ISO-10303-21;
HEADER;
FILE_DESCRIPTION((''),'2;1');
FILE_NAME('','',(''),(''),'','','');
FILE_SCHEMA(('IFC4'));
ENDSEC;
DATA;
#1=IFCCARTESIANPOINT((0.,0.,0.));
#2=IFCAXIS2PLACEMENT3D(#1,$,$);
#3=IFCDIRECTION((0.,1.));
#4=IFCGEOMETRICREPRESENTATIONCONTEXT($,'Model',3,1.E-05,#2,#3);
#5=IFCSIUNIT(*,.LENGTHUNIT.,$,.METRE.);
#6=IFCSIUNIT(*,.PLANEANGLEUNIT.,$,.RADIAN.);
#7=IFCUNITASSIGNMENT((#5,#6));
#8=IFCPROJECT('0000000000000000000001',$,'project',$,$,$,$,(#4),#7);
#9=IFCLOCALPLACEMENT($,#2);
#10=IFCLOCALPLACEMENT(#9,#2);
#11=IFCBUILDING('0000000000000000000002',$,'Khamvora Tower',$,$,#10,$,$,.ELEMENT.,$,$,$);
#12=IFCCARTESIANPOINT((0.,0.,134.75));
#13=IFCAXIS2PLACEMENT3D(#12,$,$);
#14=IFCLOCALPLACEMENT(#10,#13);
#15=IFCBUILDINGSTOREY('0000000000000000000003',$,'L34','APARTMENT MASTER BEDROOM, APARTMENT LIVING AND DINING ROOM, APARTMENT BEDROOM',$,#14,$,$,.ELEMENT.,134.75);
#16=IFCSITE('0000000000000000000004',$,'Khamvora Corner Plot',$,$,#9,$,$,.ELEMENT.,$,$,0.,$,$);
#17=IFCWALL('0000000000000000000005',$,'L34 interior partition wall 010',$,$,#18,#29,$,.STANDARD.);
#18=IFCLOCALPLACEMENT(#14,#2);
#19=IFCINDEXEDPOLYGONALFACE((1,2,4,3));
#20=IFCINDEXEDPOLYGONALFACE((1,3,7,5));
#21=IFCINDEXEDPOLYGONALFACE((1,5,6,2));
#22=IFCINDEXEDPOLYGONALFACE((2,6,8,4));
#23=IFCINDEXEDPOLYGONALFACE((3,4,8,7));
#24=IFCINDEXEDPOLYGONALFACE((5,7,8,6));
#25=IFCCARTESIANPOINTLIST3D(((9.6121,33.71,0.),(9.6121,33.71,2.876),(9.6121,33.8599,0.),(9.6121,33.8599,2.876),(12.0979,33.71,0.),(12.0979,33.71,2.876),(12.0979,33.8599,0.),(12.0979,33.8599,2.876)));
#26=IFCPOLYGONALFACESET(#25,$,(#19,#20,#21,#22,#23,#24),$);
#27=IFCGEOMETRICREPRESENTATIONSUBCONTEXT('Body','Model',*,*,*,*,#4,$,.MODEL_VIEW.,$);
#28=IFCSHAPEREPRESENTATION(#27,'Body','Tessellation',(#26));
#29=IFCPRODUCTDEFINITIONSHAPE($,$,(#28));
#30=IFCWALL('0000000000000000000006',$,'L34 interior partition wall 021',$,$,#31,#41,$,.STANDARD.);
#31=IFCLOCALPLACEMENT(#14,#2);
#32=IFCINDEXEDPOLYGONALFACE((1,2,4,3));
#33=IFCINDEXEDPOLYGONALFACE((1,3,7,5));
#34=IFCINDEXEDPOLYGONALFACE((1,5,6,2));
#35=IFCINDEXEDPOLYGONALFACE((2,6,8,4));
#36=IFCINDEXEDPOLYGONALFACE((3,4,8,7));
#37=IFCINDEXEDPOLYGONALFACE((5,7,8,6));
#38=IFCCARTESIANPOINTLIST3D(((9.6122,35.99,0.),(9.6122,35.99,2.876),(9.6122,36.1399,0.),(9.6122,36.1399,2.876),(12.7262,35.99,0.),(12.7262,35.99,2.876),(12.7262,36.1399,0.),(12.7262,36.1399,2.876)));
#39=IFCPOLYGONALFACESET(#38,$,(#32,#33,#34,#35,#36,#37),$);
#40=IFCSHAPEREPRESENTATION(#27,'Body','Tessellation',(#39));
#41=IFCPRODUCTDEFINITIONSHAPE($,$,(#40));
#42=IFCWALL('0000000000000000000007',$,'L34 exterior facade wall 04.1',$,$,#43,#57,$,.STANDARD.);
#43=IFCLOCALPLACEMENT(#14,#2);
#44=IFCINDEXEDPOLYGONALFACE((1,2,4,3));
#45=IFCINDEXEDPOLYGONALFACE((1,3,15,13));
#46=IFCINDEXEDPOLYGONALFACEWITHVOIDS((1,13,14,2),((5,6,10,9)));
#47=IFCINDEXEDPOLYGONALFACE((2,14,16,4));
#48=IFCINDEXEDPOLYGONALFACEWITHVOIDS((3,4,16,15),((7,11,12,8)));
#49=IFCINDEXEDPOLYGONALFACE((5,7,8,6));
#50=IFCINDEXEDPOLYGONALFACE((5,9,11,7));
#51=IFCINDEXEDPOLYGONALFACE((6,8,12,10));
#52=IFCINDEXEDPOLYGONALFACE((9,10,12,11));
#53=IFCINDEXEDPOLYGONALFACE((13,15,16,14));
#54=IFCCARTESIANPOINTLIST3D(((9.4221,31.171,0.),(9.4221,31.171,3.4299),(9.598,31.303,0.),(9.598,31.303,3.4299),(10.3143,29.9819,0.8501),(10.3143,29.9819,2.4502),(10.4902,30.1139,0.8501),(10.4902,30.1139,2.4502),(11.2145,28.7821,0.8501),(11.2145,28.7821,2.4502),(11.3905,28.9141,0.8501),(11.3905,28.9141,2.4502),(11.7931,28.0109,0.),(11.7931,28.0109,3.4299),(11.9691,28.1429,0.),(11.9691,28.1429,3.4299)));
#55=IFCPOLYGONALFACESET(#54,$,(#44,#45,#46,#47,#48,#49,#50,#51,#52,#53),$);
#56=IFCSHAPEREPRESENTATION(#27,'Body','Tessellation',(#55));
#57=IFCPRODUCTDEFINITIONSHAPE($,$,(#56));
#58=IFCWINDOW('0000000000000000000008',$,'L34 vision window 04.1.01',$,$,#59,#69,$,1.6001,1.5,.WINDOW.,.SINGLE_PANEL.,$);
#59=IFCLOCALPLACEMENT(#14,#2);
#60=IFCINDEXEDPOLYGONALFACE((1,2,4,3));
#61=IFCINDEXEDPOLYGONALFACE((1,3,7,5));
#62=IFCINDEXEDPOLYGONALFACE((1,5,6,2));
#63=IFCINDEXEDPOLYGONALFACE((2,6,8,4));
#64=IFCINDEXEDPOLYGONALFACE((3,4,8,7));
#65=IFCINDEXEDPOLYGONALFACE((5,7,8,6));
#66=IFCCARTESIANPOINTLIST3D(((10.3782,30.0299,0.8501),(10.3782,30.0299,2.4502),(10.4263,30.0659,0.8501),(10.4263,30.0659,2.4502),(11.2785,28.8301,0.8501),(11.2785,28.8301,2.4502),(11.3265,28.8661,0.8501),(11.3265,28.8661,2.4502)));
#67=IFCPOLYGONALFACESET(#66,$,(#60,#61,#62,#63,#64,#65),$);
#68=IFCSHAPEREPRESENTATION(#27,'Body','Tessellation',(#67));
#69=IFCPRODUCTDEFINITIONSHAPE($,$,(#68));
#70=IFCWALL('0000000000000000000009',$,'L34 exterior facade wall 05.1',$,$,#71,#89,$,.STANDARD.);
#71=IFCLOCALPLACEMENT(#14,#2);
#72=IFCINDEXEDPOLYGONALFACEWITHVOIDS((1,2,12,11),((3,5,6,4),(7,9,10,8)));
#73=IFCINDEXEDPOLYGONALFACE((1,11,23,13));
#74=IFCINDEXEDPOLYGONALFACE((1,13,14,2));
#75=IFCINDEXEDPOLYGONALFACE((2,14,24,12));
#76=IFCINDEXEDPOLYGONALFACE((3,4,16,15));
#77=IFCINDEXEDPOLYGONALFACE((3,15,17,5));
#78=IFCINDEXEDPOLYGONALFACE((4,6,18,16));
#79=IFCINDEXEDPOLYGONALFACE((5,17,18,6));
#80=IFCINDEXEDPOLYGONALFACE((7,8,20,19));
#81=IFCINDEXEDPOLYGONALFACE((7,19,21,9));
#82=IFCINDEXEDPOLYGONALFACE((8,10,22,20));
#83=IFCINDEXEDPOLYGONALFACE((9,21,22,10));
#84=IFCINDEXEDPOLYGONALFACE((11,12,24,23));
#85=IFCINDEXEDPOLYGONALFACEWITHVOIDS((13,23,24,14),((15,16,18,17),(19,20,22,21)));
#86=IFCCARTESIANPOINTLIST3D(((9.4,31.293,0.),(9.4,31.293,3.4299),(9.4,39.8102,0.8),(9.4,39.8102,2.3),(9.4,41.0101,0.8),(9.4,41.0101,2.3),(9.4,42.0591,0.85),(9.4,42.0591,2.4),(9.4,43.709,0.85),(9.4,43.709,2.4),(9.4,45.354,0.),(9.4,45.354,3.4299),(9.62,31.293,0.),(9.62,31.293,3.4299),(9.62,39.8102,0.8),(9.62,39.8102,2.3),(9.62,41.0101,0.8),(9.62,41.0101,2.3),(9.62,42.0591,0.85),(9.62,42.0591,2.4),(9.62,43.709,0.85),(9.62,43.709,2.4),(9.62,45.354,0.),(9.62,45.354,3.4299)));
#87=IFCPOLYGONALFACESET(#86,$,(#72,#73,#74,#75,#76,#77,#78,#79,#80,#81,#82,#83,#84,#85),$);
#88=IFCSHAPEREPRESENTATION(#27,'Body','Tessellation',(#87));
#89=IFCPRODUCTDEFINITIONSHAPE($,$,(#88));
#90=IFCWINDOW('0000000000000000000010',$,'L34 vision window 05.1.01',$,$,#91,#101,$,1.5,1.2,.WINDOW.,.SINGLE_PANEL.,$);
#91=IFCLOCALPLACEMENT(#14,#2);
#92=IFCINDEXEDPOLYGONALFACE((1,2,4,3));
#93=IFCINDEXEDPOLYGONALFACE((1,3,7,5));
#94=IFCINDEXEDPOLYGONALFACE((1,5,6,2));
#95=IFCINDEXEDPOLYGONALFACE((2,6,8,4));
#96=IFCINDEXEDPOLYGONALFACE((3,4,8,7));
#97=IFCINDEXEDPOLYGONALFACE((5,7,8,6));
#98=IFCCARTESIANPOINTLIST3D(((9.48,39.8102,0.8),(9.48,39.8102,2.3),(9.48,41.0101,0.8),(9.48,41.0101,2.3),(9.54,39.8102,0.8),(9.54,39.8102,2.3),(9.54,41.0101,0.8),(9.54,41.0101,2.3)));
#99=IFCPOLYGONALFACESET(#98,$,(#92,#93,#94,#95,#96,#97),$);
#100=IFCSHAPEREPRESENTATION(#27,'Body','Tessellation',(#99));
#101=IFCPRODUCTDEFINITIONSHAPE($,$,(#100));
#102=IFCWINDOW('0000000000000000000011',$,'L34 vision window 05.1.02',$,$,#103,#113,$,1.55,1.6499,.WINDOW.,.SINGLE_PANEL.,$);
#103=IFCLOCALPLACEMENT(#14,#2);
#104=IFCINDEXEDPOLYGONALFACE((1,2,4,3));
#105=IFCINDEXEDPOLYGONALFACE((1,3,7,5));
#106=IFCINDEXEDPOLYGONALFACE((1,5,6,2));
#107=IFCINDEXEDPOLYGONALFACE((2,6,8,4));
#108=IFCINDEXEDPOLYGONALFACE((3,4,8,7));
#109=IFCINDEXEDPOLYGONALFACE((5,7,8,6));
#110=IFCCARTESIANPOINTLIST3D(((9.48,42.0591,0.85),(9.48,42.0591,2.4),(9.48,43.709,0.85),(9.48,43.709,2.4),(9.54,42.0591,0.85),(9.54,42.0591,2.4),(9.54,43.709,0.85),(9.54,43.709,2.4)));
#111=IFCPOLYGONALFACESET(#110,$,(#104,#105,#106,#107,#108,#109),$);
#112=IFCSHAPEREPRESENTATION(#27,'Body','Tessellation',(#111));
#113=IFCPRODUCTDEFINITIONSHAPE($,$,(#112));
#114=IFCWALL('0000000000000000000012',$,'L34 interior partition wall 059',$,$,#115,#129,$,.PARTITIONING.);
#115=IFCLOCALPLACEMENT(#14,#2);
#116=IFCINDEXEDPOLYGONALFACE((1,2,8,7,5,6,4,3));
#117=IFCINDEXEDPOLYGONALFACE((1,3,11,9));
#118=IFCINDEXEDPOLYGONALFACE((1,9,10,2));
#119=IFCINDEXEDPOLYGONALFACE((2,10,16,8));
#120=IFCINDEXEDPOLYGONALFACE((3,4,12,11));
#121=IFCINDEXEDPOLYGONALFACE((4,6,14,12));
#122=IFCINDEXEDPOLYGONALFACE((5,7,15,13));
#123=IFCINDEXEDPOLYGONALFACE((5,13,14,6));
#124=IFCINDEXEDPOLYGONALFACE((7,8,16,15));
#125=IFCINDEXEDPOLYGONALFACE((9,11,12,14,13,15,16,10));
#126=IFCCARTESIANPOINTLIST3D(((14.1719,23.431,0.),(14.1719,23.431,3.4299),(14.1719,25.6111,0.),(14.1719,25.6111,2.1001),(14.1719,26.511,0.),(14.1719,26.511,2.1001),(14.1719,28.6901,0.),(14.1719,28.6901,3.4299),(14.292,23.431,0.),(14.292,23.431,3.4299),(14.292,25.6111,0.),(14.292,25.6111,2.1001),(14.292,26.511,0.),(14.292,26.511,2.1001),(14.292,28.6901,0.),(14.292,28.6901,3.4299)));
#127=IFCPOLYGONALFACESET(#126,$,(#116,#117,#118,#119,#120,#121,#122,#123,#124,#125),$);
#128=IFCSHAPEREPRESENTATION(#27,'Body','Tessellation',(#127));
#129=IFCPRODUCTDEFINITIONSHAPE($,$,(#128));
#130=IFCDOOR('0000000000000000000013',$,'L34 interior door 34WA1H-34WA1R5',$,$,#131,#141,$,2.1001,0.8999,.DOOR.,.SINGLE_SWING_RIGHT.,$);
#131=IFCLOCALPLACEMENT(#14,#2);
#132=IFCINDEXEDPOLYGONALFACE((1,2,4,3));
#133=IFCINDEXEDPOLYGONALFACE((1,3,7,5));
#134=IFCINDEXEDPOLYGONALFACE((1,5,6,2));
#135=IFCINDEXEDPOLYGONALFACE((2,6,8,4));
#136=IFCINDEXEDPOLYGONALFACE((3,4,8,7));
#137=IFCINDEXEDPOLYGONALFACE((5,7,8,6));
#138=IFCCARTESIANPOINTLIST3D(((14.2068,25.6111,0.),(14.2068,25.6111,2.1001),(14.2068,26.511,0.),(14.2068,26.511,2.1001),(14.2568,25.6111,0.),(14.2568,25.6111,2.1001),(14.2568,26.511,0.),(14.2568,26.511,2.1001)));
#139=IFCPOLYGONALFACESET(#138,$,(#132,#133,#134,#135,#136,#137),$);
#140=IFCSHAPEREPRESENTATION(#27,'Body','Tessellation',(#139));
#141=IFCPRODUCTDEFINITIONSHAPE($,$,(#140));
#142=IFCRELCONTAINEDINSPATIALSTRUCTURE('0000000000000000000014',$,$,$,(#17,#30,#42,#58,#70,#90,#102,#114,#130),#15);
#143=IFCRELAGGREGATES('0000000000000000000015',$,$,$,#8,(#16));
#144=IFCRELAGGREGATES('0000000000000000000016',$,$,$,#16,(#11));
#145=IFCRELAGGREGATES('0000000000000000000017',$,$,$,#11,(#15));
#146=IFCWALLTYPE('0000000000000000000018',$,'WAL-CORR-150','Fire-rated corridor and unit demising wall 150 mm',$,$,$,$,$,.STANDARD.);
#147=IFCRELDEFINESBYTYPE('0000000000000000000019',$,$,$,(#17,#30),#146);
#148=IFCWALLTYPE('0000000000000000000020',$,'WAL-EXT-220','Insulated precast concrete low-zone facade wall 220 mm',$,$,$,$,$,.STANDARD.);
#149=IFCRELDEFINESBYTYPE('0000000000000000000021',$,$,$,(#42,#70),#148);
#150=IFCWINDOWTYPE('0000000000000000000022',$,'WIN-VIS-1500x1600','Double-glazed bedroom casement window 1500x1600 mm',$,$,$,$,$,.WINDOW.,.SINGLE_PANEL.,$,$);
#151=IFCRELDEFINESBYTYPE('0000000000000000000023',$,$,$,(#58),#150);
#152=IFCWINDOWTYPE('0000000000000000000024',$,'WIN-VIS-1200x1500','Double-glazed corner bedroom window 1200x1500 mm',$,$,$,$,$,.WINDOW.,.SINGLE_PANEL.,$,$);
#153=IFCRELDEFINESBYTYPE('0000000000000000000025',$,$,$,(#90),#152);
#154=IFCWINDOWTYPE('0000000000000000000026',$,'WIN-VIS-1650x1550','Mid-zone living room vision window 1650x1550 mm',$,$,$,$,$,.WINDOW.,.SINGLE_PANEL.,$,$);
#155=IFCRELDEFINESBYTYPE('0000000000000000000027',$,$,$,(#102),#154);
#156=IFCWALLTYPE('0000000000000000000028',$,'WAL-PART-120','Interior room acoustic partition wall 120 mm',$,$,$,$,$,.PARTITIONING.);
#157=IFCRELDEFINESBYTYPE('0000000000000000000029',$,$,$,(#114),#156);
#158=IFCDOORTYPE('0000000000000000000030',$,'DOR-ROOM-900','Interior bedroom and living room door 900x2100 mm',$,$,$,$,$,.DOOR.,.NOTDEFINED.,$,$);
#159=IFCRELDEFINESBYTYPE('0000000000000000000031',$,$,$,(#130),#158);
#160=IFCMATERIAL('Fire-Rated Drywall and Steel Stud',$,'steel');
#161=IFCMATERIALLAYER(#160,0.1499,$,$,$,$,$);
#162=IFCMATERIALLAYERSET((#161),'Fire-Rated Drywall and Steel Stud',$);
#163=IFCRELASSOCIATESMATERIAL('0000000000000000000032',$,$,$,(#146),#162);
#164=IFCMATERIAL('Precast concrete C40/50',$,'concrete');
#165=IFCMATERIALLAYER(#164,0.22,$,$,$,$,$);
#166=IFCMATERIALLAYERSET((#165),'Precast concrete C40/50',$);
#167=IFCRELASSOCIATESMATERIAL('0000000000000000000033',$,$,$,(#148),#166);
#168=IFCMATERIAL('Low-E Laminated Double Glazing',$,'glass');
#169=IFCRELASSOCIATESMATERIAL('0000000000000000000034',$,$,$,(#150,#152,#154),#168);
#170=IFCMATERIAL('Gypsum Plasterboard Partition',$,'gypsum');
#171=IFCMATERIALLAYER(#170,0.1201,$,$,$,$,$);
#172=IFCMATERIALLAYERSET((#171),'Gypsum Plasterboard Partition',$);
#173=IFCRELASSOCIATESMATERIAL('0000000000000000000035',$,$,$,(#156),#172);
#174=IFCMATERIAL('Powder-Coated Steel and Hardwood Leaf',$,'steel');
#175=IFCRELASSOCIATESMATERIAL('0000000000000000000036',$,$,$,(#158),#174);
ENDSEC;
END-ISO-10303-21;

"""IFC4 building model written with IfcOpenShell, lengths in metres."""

from ifc_helpers import new_model, si_unit, direction, frame, frame_2d, origin, place, context, subcontext, project, spatial, rectangle, extrude, material, layer, layer_set, type_object, element, fill, save


model = new_model("IFC4")

# Units and contexts
model_context = context("Model", 3, precision=1e-05, world=origin(), true_north=direction((0.0, 1.0)))
body_context = subcontext(model_context, "Body", "Model", "MODEL_VIEW")
ifc_project = project(units=[si_unit("LENGTHUNIT", "METRE"), si_unit("PLANEANGLEUNIT", "RADIAN")], contexts=[model_context])

# Site, building, storey
site_placement = place(None, origin())
site = spatial("IfcSite", under=ifc_project, at=site_placement, Name="Khamvora Corner Plot", CompositionType="ELEMENT", RefElevation=0.0)
building_placement = place(site_placement, origin())
building = spatial("IfcBuilding", under=site, at=building_placement, Name="Khamvora Tower", CompositionType="ELEMENT")
storey_placement = place(building_placement, frame((0.0, 0.0, 134.75)))
storey = spatial("IfcBuildingStorey", under=building, at=storey_placement, Name="L34", Description="APARTMENT MASTER BEDROOM, APARTMENT LIVING AND DINING ROOM, APARTMENT BEDROOM", CompositionType="ELEMENT", Elevation=134.75)

# Shared definitions
ifc_material_1 = material(Name="Fire-Rated Drywall and Steel Stud", Category="steel")
ifc_layer_1 = layer(ifc_material_1, 0.1499)
ifc_layer_set_1 = layer_set([ifc_layer_1], Name="Fire-Rated Drywall and Steel Stud")
wall_type_1 = type_object("IfcWallType", Name="WAL-CORR-150", Description="Fire-rated corridor and unit demising wall 150 mm", PredefinedType="STANDARD", material=ifc_layer_set_1)
ifc_material_2 = material(Name="Powder-Coated Steel and Hardwood Leaf", Category="steel")

# Wall
wall_1_placement = place(storey_placement, frame((12.0979, 33.7849, 0.0), z_axis=(0.0, 0.0, 1.0), x_axis=(-1.0, 0.0, 0.0)))
element("IfcWall", 1, at=wall_1_placement, inside=storey, type_object=wall_type_1, Name="L34 interior partition wall 010", PredefinedType="STANDARD", context=body_context, shape_type="SweptSolid", body=[
    extrude(rectangle(XDim=2.4858, YDim=0.1499, at=frame_2d((1.2429, 0.0))), origin(), (0.0, 0.0, 1.0), 2.876),
])

# Wall
wall_2_placement = place(storey_placement, frame((9.6121, 36.0649, 0.0), z_axis=(0.0, 0.0, 1.0), x_axis=(1.0, 0.0, 0.0)))
element("IfcWall", 2, at=wall_2_placement, inside=storey, type_object=wall_type_1, Name="L34 interior partition wall 021", PredefinedType="STANDARD", context=body_context, shape_type="SweptSolid", body=[
    extrude(rectangle(XDim=3.114, YDim=0.1499, at=frame_2d((1.5571, 0.0))), origin(), (0.0, 0.0, 1.0), 2.876),
])

# Wall, opening, window
ifc_material_3 = material(Name="Precast concrete C40/50", Category="concrete")
ifc_layer_2 = layer(ifc_material_3, 0.22)
ifc_layer_set_2 = layer_set([ifc_layer_2], Name="Precast concrete C40/50")
wall_type_2 = type_object("IfcWallType", Name="WAL-EXT-220", Description="Insulated precast concrete low-zone facade wall 220 mm", PredefinedType="STANDARD", material=ifc_layer_set_2)
wall_3_placement = place(storey_placement, frame((11.8811, 28.0769, 0.0), z_axis=(0.0, 0.0, 1.0), x_axis=(-0.600158, 0.799881, 0.0)))
wall_3 = element("IfcWall", 3, at=wall_3_placement, inside=storey, type_object=wall_type_2, Name="L34 exterior facade wall 04.1", PredefinedType="STANDARD", context=body_context, shape_type="SweptSolid", body=[
    extrude(rectangle(XDim=3.9507, YDim=0.22, at=frame_2d((1.9753, 0.0))), origin(), (0.0, 0.0, 1.0), 3.4299),
])
opening_1_placement = place(wall_3_placement, frame((0.9641, 0.0, 0.8501)))
opening_1 = element("IfcOpeningElement", 4, at=opening_1_placement, cuts=wall_3, PredefinedType="OPENING", context=body_context, shape_type="SweptSolid", body=[
    extrude(rectangle(XDim=1.5, YDim=1.6001, at=frame_2d((0.75, 0.8))), frame((0.0, 0.1199, 0.0), z_axis=(0.0, -1.0, 0.0), x_axis=(1.0, 0.0, 0.0)), (0.0, 0.0, 1.0), 0.24),
])
ifc_material_4 = material(Name="Low-E Laminated Double Glazing", Category="glass")
window_type_1 = type_object("IfcWindowType", Name="WIN-VIS-1500x1600", Description="Double-glazed bedroom casement window 1500x1600 mm", PartitioningType="SINGLE_PANEL", PredefinedType="WINDOW", material=ifc_material_4)
window_1_placement = place(opening_1_placement, origin())
window_1 = element("IfcWindow", 5, at=window_1_placement, inside=storey, type_object=window_type_1, Name="L34 vision window 04.1.01", OverallHeight=1.6001, OverallWidth=1.5, PartitioningType="SINGLE_PANEL", PredefinedType="WINDOW", context=body_context, shape_type="SweptSolid", body=[
    extrude(rectangle(XDim=1.5, YDim=1.6001, at=frame_2d((0.75, 0.8))), frame((0.0, 0.03, 0.0), z_axis=(0.0, -1.0, 0.0), x_axis=(1.0, 0.0, 0.0)), (0.0, 0.0, 1.0), 0.0601),
])
fill(opening_1, window_1)

# Wall, openings, windows
wall_4_placement = place(storey_placement, frame((9.51, 31.293, 0.0), z_axis=(0.0, 0.0, 1.0), x_axis=(0.0, 1.0, 0.0)))
wall_4 = element("IfcWall", 6, at=wall_4_placement, inside=storey, type_object=wall_type_2, Name="L34 exterior facade wall 05.1", PredefinedType="STANDARD", context=body_context, shape_type="SweptSolid", body=[
    extrude(rectangle(XDim=14.061, YDim=0.22, at=frame_2d((7.0305, 0.0))), origin(), (0.0, 0.0, 1.0), 3.4299),
])
opening_2_placement = place(wall_4_placement, frame((8.5171, 0.0, 0.8)))
opening_2 = element("IfcOpeningElement", 7, at=opening_2_placement, cuts=wall_4, PredefinedType="OPENING", context=body_context, shape_type="SweptSolid", body=[
    extrude(rectangle(XDim=1.2, YDim=1.5, at=frame_2d((0.6001, 0.75))), frame((0.0, 0.1199, 0.0), z_axis=(0.0, -1.0, 0.0), x_axis=(1.0, 0.0, 0.0)), (0.0, 0.0, 1.0), 0.24),
])
opening_3_placement = place(wall_4_placement, frame((10.7661, 0.0, 0.8501)))
opening_3 = element("IfcOpeningElement", 8, at=opening_3_placement, cuts=wall_4, PredefinedType="OPENING", context=body_context, shape_type="SweptSolid", body=[
    extrude(rectangle(XDim=1.6499, YDim=1.55, at=frame_2d((0.825, 0.7749))), frame((0.0, 0.1199, 0.0), z_axis=(0.0, -1.0, 0.0), x_axis=(1.0, 0.0, 0.0)), (0.0, 0.0, 1.0), 0.24),
])
window_type_2 = type_object("IfcWindowType", Name="WIN-VIS-1200x1500", Description="Double-glazed corner bedroom window 1200x1500 mm", PartitioningType="SINGLE_PANEL", PredefinedType="WINDOW", material=ifc_material_4)
window_2_placement = place(opening_2_placement, origin())
window_2 = element("IfcWindow", 9, at=window_2_placement, inside=storey, type_object=window_type_2, Name="L34 vision window 05.1.01", OverallHeight=1.5, OverallWidth=1.2, PartitioningType="SINGLE_PANEL", PredefinedType="WINDOW", context=body_context, shape_type="SweptSolid", body=[
    extrude(rectangle(XDim=1.2, YDim=1.5, at=frame_2d((0.6001, 0.75))), frame((0.0, 0.03, 0.0), z_axis=(0.0, -1.0, 0.0), x_axis=(1.0, 0.0, 0.0)), (0.0, 0.0, 1.0), 0.0601),
])
fill(opening_2, window_2)
window_type_3 = type_object("IfcWindowType", Name="WIN-VIS-1650x1550", Description="Mid-zone living room vision window 1650x1550 mm", PartitioningType="SINGLE_PANEL", PredefinedType="WINDOW", material=ifc_material_4)
window_3_placement = place(opening_3_placement, origin())
window_3 = element("IfcWindow", 10, at=window_3_placement, inside=storey, type_object=window_type_3, Name="L34 vision window 05.1.02", OverallHeight=1.55, OverallWidth=1.6499, PartitioningType="SINGLE_PANEL", PredefinedType="WINDOW", context=body_context, shape_type="SweptSolid", body=[
    extrude(rectangle(XDim=1.6499, YDim=1.55, at=frame_2d((0.825, 0.7749))), frame((0.0, 0.03, 0.0), z_axis=(0.0, -1.0, 0.0), x_axis=(1.0, 0.0, 0.0)), (0.0, 0.0, 1.0), 0.0601),
])
fill(opening_3, window_3)

# Wall, opening, door
ifc_material_5 = material(Name="Gypsum Plasterboard Partition", Category="gypsum")
ifc_layer_3 = layer(ifc_material_5, 0.1201)
ifc_layer_set_3 = layer_set([ifc_layer_3], Name="Gypsum Plasterboard Partition")
wall_type_3 = type_object("IfcWallType", Name="WAL-PART-120", Description="Interior room acoustic partition wall 120 mm", PredefinedType="PARTITIONING", material=ifc_layer_set_3)
wall_5_placement = place(storey_placement, frame((14.2319, 28.6899, 0.0), z_axis=(0.0, 0.0, 1.0), x_axis=(0.0, -1.0, 0.0)))
wall_5 = element("IfcWall", 11, at=wall_5_placement, inside=storey, type_object=wall_type_3, Name="L34 interior partition wall 059", PredefinedType="PARTITIONING", context=body_context, shape_type="SweptSolid", body=[
    extrude(rectangle(XDim=5.259, YDim=0.1201, at=frame_2d((2.6294, 0.0))), origin(), (0.0, 0.0, 1.0), 3.4299),
])
opening_4_placement = place(wall_5_placement, frame((2.179, 0.0, 0.0)))
opening_4 = element("IfcOpeningElement", 12, at=opening_4_placement, cuts=wall_5, PredefinedType="OPENING", context=body_context, shape_type="SweptSolid", body=[
    extrude(rectangle(XDim=0.8999, YDim=2.1001, at=frame_2d((0.45, 1.05))), frame((0.0, 0.0701, 0.0), z_axis=(0.0, -1.0, 0.0), x_axis=(1.0, 0.0, 0.0)), (0.0, 0.0, 1.0), 0.1401),
])
door_type_1 = type_object("IfcDoorType", Name="DOR-ROOM-900", Description="Interior bedroom and living room door 900x2100 mm", OperationType="NOTDEFINED", PredefinedType="DOOR", material=ifc_material_2)
door_1_placement = place(opening_4_placement, origin())
door_1 = element("IfcDoor", 13, at=door_1_placement, inside=storey, type_object=door_type_1, Name="L34 interior door 34WA1H-34WA1R5", OperationType="SINGLE_SWING_RIGHT", OverallHeight=2.1001, OverallWidth=0.8999, PredefinedType="DOOR", context=body_context, shape_type="SweptSolid", body=[
    extrude(rectangle(XDim=0.8999, YDim=2.1001, at=frame_2d((0.45, 1.05))), frame((0.0, 0.0249, 0.0), z_axis=(0.0, -1.0, 0.0), x_axis=(1.0, 0.0, 0.0)), (0.0, 0.0, 1.0), 0.05),
])
fill(opening_4, door_1)

save(model, "model.ifc")
